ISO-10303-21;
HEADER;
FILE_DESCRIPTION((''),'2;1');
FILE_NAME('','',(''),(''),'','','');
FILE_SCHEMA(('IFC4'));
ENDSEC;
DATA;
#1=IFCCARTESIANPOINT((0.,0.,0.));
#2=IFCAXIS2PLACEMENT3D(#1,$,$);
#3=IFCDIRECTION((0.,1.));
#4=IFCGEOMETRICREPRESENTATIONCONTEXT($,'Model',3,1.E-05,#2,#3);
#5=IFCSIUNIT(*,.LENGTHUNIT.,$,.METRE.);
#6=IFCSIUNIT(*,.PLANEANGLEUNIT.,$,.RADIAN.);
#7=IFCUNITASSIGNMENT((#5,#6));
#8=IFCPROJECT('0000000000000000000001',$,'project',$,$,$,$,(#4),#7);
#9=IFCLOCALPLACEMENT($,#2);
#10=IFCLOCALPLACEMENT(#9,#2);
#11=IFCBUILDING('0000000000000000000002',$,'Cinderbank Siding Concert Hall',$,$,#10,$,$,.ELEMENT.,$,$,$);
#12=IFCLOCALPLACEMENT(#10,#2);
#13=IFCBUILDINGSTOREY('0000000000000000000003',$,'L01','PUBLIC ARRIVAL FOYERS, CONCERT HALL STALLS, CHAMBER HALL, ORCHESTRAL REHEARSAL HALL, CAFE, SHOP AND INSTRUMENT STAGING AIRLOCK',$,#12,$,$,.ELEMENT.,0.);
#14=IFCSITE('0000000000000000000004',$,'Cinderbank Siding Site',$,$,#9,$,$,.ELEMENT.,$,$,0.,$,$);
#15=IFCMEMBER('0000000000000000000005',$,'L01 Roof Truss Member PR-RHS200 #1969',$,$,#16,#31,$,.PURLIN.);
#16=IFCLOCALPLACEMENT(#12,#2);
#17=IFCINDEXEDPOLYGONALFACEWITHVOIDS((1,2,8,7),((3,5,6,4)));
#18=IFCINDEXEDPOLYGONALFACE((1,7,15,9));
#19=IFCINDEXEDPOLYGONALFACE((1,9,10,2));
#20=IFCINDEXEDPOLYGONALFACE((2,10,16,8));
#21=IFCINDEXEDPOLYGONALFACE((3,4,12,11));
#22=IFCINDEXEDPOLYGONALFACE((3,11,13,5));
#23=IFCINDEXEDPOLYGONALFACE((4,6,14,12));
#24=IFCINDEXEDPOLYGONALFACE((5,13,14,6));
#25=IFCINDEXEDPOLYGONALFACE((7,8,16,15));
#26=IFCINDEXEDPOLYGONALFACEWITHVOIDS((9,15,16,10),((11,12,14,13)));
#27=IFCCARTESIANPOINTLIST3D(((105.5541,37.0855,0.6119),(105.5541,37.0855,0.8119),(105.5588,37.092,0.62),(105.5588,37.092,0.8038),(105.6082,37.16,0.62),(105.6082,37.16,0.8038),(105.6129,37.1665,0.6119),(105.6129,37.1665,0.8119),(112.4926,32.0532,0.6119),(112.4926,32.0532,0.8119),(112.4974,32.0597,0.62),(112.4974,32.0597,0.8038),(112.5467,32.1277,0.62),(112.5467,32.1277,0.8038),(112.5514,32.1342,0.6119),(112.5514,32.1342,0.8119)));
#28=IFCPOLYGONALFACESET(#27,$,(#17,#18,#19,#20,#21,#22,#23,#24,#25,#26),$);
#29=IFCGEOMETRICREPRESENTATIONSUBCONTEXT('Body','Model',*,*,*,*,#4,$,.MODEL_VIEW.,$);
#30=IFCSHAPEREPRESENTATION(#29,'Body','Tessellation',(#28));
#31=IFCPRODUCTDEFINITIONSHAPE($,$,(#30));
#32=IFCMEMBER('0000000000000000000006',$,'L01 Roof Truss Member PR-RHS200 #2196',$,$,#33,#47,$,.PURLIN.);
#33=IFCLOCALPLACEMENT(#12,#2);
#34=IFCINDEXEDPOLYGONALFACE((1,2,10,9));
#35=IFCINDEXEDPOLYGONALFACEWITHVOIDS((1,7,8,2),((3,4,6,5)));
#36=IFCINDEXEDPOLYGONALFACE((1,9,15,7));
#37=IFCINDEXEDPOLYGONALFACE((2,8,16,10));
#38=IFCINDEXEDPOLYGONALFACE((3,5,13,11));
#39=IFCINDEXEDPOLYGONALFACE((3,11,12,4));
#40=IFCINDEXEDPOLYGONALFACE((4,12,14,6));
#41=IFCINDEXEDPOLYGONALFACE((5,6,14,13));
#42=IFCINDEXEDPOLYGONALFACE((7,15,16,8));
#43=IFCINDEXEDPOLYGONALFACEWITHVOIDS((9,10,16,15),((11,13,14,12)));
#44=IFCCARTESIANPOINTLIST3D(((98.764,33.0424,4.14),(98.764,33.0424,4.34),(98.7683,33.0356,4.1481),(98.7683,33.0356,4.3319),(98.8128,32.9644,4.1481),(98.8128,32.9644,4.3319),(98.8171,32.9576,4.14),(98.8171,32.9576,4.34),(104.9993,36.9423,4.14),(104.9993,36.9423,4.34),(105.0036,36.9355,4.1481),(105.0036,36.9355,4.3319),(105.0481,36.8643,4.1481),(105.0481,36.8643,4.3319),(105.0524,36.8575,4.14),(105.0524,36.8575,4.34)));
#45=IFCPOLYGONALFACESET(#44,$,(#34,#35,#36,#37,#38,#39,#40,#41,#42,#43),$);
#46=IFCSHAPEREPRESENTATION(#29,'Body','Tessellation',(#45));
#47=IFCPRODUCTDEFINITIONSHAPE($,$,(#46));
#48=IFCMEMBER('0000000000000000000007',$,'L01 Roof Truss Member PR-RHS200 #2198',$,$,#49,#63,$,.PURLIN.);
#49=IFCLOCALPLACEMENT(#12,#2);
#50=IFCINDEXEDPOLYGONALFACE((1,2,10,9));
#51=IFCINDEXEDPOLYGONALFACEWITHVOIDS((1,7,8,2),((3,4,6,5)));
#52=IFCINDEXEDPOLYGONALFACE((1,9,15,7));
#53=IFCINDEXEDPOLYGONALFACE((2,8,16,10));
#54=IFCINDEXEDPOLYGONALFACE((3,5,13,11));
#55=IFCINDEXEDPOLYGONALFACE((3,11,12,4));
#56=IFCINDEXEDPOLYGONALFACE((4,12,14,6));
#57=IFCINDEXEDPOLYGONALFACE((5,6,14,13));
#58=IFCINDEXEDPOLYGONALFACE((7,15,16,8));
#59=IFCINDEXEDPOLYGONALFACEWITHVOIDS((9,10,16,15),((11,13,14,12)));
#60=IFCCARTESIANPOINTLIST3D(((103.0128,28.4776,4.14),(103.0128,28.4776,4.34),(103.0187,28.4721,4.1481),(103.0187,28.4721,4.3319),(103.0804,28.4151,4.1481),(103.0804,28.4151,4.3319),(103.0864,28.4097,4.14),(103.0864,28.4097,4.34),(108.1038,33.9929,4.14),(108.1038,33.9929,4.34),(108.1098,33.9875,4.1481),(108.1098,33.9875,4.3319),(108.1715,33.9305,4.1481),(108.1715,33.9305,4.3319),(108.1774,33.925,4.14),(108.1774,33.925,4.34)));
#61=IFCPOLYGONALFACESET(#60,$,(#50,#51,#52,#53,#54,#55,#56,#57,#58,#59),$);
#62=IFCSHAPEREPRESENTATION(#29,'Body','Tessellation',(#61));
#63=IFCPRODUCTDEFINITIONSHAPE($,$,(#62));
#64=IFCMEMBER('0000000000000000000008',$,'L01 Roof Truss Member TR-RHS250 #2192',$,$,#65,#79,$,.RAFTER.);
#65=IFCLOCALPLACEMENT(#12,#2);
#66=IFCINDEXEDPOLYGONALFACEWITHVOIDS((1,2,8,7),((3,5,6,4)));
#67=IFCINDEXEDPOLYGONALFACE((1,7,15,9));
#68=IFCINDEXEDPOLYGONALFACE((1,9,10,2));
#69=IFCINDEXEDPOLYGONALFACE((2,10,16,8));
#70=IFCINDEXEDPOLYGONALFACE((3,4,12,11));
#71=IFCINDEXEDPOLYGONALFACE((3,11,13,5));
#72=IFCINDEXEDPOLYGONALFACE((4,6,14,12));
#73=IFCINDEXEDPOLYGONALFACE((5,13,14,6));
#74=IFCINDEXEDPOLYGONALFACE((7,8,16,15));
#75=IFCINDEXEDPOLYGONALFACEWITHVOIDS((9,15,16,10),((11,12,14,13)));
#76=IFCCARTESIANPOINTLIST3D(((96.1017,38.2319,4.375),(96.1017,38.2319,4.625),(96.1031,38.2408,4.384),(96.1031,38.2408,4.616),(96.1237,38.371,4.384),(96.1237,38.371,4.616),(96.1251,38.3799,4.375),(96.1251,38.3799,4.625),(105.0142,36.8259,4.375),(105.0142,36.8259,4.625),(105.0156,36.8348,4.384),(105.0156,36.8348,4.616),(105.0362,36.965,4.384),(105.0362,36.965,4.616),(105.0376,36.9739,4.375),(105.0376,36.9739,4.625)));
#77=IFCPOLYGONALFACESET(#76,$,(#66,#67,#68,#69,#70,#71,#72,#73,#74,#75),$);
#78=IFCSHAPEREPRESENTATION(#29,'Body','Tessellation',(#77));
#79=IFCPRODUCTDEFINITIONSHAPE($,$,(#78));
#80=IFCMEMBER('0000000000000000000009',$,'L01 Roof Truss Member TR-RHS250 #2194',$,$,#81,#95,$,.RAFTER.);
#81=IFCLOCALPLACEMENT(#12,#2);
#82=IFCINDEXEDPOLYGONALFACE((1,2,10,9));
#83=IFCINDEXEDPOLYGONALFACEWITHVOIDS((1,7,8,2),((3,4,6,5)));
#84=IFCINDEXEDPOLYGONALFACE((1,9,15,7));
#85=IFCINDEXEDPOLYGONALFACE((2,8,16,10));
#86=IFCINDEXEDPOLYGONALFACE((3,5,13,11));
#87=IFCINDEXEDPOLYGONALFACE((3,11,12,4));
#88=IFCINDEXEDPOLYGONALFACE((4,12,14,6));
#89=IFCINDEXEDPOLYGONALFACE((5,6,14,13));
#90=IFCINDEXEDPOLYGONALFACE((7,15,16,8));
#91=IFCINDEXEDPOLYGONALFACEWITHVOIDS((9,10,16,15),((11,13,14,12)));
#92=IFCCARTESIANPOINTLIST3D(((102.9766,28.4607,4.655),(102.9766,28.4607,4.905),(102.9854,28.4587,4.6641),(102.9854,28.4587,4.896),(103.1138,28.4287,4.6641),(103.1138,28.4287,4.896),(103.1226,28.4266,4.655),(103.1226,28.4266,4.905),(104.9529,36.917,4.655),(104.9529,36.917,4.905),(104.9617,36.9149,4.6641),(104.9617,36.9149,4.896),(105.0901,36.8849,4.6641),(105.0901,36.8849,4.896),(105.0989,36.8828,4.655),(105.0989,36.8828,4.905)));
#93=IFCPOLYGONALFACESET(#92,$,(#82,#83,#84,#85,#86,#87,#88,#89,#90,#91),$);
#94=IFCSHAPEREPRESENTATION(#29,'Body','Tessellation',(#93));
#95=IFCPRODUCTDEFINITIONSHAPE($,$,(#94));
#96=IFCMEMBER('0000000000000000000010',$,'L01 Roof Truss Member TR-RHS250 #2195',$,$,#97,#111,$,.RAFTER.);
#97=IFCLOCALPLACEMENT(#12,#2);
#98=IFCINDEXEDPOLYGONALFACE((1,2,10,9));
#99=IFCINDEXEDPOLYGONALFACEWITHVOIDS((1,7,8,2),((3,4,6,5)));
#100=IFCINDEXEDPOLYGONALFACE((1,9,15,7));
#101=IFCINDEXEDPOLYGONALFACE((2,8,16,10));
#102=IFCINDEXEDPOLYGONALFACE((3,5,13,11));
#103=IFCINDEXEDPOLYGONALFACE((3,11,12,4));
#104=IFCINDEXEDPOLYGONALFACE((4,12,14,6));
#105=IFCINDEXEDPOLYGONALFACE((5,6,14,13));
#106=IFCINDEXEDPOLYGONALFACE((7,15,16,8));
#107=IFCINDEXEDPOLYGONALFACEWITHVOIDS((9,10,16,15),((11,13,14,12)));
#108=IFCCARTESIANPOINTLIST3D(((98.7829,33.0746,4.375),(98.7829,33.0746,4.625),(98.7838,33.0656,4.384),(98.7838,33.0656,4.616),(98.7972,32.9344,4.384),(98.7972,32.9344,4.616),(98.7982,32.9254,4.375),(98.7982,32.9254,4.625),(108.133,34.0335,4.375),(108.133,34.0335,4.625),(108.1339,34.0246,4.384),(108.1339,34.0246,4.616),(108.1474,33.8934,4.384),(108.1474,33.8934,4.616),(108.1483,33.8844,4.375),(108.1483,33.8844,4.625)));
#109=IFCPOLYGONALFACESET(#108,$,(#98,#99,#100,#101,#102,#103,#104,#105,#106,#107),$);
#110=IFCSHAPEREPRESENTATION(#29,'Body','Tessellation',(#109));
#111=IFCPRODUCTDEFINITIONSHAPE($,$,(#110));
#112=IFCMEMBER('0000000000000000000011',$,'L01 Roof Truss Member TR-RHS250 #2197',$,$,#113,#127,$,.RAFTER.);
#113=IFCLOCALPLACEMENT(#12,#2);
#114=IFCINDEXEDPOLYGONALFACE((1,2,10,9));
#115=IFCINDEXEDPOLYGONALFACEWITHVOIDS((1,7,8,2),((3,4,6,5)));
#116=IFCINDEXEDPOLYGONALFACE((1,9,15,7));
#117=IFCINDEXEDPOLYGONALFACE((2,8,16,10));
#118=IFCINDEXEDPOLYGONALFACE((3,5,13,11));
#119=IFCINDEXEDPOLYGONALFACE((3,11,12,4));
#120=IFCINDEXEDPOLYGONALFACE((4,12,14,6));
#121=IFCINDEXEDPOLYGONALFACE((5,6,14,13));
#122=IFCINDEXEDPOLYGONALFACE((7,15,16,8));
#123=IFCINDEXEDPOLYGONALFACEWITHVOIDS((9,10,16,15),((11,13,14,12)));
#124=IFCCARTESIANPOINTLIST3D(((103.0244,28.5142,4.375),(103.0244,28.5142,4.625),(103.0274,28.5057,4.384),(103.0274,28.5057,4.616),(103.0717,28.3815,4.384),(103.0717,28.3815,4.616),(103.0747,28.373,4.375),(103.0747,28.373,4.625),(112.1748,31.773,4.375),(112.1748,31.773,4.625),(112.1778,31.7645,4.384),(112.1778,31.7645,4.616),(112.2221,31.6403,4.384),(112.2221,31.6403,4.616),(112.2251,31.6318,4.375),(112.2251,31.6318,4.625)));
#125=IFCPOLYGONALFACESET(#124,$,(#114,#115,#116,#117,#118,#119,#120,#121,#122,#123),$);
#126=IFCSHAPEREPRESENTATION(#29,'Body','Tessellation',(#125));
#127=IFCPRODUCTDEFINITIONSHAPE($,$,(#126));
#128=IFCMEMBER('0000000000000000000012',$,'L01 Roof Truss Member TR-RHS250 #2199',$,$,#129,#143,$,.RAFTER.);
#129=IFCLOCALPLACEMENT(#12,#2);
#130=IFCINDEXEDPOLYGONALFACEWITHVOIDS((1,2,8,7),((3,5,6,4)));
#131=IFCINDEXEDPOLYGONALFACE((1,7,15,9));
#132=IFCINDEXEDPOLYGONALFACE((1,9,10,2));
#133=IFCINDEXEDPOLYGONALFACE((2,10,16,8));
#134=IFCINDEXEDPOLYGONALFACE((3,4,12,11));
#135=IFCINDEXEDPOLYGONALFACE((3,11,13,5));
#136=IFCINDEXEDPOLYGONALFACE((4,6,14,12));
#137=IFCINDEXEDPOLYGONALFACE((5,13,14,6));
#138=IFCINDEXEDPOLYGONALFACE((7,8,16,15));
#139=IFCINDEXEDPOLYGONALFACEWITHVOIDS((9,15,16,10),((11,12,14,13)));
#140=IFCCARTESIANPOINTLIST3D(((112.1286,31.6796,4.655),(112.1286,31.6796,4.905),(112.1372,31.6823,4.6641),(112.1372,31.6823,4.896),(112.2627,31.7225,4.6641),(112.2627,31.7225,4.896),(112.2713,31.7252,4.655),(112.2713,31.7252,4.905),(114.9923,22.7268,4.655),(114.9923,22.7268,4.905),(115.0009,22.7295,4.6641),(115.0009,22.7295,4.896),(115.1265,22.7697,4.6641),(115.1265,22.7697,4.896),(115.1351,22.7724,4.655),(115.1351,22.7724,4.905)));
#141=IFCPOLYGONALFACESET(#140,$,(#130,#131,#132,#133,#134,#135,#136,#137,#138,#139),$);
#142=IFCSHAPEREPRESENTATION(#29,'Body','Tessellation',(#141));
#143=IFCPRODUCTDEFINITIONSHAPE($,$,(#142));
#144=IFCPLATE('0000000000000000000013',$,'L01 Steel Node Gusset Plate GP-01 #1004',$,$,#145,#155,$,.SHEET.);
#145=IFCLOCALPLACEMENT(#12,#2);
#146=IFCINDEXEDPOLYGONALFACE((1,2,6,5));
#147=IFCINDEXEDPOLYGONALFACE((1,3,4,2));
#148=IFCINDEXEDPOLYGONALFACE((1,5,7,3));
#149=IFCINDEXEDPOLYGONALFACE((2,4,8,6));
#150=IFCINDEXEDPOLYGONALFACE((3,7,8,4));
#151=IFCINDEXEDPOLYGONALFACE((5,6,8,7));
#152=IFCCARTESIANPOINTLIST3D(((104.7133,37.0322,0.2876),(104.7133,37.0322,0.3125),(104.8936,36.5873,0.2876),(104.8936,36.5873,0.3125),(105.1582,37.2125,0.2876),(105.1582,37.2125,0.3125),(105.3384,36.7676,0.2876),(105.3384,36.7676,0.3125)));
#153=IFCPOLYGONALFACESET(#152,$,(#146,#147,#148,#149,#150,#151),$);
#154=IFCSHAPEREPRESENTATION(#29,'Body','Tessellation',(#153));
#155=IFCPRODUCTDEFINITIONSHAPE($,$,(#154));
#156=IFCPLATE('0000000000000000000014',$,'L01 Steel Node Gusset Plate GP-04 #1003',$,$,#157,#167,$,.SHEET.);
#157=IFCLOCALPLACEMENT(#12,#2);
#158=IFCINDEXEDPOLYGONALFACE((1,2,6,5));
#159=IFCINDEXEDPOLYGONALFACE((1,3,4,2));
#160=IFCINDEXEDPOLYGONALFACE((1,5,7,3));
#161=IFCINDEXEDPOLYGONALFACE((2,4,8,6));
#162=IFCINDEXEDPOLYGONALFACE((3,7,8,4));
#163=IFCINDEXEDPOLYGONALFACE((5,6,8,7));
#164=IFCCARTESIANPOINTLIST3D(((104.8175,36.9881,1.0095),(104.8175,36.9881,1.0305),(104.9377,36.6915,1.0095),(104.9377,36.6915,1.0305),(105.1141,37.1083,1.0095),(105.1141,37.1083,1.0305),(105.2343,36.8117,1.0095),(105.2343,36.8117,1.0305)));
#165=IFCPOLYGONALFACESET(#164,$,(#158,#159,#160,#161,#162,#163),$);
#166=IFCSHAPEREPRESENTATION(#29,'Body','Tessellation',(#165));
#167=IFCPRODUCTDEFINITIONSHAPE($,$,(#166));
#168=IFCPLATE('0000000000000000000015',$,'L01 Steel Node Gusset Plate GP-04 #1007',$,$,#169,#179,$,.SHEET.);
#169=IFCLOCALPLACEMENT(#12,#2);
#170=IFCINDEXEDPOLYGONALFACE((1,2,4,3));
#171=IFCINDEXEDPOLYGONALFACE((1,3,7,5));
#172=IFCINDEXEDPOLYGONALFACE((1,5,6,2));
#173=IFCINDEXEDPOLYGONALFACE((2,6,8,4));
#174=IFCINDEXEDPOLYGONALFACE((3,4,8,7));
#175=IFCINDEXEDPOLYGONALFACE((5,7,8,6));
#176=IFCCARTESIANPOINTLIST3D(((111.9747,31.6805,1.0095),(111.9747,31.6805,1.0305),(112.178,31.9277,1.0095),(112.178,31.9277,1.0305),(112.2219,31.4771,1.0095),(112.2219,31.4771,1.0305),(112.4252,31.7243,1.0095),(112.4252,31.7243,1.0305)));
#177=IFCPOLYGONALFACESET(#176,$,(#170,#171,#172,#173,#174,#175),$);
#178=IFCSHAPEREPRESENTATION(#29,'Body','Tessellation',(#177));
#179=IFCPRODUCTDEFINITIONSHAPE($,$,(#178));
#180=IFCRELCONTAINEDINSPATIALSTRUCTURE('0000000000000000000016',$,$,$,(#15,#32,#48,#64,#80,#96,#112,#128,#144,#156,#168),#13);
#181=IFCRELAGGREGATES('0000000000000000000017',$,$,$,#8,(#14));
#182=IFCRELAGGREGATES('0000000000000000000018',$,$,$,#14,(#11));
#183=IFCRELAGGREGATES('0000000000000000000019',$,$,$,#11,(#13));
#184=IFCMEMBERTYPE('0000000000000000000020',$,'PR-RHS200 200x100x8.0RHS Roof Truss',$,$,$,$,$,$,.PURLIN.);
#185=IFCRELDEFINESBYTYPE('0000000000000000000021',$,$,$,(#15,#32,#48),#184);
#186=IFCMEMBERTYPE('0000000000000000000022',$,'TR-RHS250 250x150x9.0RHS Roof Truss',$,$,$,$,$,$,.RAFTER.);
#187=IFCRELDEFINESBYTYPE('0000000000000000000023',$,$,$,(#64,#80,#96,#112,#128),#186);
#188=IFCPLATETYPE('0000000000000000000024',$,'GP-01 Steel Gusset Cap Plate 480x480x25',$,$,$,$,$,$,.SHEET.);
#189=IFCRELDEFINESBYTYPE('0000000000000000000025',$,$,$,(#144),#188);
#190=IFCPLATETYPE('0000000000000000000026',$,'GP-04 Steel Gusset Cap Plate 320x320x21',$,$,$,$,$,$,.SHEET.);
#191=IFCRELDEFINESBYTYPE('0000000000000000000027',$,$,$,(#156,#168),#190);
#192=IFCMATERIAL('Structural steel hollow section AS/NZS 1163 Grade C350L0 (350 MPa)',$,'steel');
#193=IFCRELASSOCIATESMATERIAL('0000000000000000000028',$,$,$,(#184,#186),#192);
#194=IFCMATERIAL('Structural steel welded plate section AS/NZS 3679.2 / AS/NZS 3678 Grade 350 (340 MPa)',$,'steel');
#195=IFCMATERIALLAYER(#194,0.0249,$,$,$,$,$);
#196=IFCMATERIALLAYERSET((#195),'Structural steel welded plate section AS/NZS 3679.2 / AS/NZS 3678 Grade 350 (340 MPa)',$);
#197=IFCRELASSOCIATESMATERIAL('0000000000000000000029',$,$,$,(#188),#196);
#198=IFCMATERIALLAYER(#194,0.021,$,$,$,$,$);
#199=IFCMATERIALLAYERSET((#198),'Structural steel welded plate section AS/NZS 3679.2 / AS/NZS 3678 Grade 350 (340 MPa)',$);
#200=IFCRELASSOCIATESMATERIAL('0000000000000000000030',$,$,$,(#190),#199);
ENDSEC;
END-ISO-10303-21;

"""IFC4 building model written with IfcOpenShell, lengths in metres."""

from ifc_helpers import new_model, si_unit, direction, frame, origin, origin_2d, place, context, subcontext, project, spatial, rectangle, hollow_rectangle, extrude, material, layer, layer_set, material_profile, profile_set, type_object, element, save


model = new_model("IFC4")

# Units and contexts
model_context = context("Model", 3, precision=1e-05, world=origin(), true_north=direction((0.0, 1.0)))
body_context = subcontext(model_context, "Body", "Model", "MODEL_VIEW")
ifc_project = project(units=[si_unit("LENGTHUNIT", "METRE"), si_unit("PLANEANGLEUNIT", "RADIAN")], contexts=[model_context])

# Site, building, storey
site_placement = place(None, origin())
site = spatial("IfcSite", under=ifc_project, at=site_placement, Name="Cinderbank Siding Site", CompositionType="ELEMENT", RefElevation=0.0)
building_placement = place(site_placement, origin())
building = spatial("IfcBuilding", under=site, at=building_placement, Name="Cinderbank Siding Concert Hall", CompositionType="ELEMENT")
storey_placement = place(building_placement, origin())
storey = spatial("IfcBuildingStorey", under=building, at=storey_placement, Name="L01", Description="PUBLIC ARRIVAL FOYERS, CONCERT HALL STALLS, CHAMBER HALL, ORCHESTRAL REHEARSAL HALL, CAFE, SHOP AND INSTRUMENT STAGING AIRLOCK", CompositionType="ELEMENT", Elevation=0.0)

# Shared definitions
ifc_material_1 = material(Name="Structural steel welded plate section AS/NZS 3679.2 / AS/NZS 3678 Grade 350 (340 MPa)", Category="steel")

# Members
ifc_material_2 = material(Name="Structural steel hollow section AS/NZS 1163 Grade C350L0 (350 MPa)", Category="steel")
ifc_material_profile_1 = material_profile(ifc_material_2, hollow_rectangle(XDim=0.1001, YDim=0.2, WallThickness=0.0081, at=origin_2d()), Name="200x100x8.0RHS", Category="LoadBearing")
ifc_profile_set_1 = profile_set([ifc_material_profile_1], Name="Structural steel hollow section AS/NZS 1163 Grade C350L0 (350 MPa)")
member_type_1 = type_object("IfcMemberType", Name="PR-RHS200 200x100x8.0RHS Roof Truss", PredefinedType="PURLIN", material=ifc_profile_set_1)
member_1_placement = place(storey_placement, frame((105.5835, 37.126, 0.7119), z_axis=(0.809509, -0.587108, 0.0), x_axis=(0.587108, 0.809509, 0.0)))
element("IfcMember", 1, at=member_1_placement, inside=storey, type_object=member_type_1, Name="L01 Roof Truss Member PR-RHS200 #1969", PredefinedType="PURLIN", context=body_context, shape_type="SweptSolid", body=[
    extrude(hollow_rectangle(XDim=0.1001, YDim=0.2, WallThickness=0.0081, at=origin_2d()), origin(), (0.0, 0.0, 1.0), 8.5713),
])
member_2_placement = place(storey_placement, frame((105.0259, 36.8999, 4.24), z_axis=(-0.847827, -0.530273, 0.0), x_axis=(0.530273, -0.847827, 0.0)))
element("IfcMember", 2, at=member_2_placement, inside=storey, type_object=member_type_1, Name="L01 Roof Truss Member PR-RHS200 #2196", PredefinedType="PURLIN", context=body_context, shape_type="SweptSolid", body=[
    extrude(hollow_rectangle(XDim=0.1001, YDim=0.2, WallThickness=0.0081, at=origin_2d()), origin(), (0.0, 0.0, 1.0), 7.3545),
])
member_3_placement = place(storey_placement, frame((108.1406, 33.959, 4.24), z_axis=(-0.678276, -0.734807, 0.0), x_axis=(0.734807, -0.678276, 0.0)))
element("IfcMember", 3, at=member_3_placement, inside=storey, type_object=member_type_1, Name="L01 Roof Truss Member PR-RHS200 #2198", PredefinedType="PURLIN", context=body_context, shape_type="SweptSolid", body=[
    extrude(hollow_rectangle(XDim=0.1001, YDim=0.2, WallThickness=0.0081, at=origin_2d()), origin(), (0.0, 0.0, 1.0), 7.5059),
])
ifc_material_profile_2 = material_profile(ifc_material_2, hollow_rectangle(XDim=0.1499, YDim=0.25, WallThickness=0.009, at=origin_2d()), Name="250x150x9.0RHS", Category="LoadBearing")
ifc_profile_set_2 = profile_set([ifc_material_profile_2], Name="Structural steel hollow section AS/NZS 1163 Grade C350L0 (350 MPa)")
member_type_2 = type_object("IfcMemberType", Name="TR-RHS250 250x150x9.0RHS Roof Truss", PredefinedType="RAFTER", material=ifc_profile_set_2)
member_4_placement = place(storey_placement, frame((105.0259, 36.8999, 4.5), z_axis=(-0.987784, 0.155828, 0.0), x_axis=(-0.155828, -0.987784, 0.0)))
element("IfcMember", 4, at=member_4_placement, inside=storey, type_object=member_type_2, Name="L01 Roof Truss Member TR-RHS250 #2192", PredefinedType="RAFTER", context=body_context, shape_type="SweptSolid", body=[
    extrude(hollow_rectangle(XDim=0.1499, YDim=0.25, WallThickness=0.009, at=origin_2d()), origin(), (0.0, 0.0, 1.0), 9.0227),
])
member_5_placement = place(storey_placement, frame((105.0259, 36.8999, 4.78), z_axis=(-0.227577, -0.97376, 0.0), x_axis=(0.97376, -0.227577, 0.0)))
element("IfcMember", 5, at=member_5_placement, inside=storey, type_object=member_type_2, Name="L01 Roof Truss Member TR-RHS250 #2194", PredefinedType="RAFTER", context=body_context, shape_type="SweptSolid", body=[
    extrude(hollow_rectangle(XDim=0.1499, YDim=0.25, WallThickness=0.009, at=origin_2d()), origin(), (0.0, 0.0, 1.0), 8.6841),
])
member_6_placement = place(storey_placement, frame((108.1406, 33.959, 4.5), z_axis=(-0.994781, -0.102029, 0.0), x_axis=(0.102029, -0.994781, 0.0)))
element("IfcMember", 6, at=member_6_placement, inside=storey, type_object=member_type_2, Name="L01 Roof Truss Member TR-RHS250 #2195", PredefinedType="RAFTER", context=body_context, shape_type="SweptSolid", body=[
    extrude(hollow_rectangle(XDim=0.1499, YDim=0.25, WallThickness=0.009, at=origin_2d()), origin(), (0.0, 0.0, 1.0), 9.3992),
])
member_7_placement = place(storey_placement, frame((112.2, 31.7024, 4.5), z_axis=(-0.942042, -0.335496, 0.0), x_axis=(0.335496, -0.942042, 0.0)))
element("IfcMember", 7, at=member_7_placement, inside=storey, type_object=member_type_2, Name="L01 Roof Truss Member TR-RHS250 #2197", PredefinedType="RAFTER", context=body_context, shape_type="SweptSolid", body=[
    extrude(hollow_rectangle(XDim=0.1499, YDim=0.25, WallThickness=0.009, at=origin_2d()), origin(), (0.0, 0.0, 1.0), 9.7134),
])
member_8_placement = place(storey_placement, frame((112.2, 31.7024, 4.78), z_axis=(0.304665, -0.95246, 0.0), x_axis=(0.95246, 0.304665, 0.0)))
element("IfcMember", 8, at=member_8_placement, inside=storey, type_object=member_type_2, Name="L01 Roof Truss Member TR-RHS250 #2199", PredefinedType="RAFTER", context=body_context, shape_type="SweptSolid", body=[
    extrude(hollow_rectangle(XDim=0.1499, YDim=0.25, WallThickness=0.009, at=origin_2d()), origin(), (0.0, 0.0, 1.0), 9.3997),
])

# Plates
ifc_layer_1 = layer(ifc_material_1, 0.0249)
ifc_layer_set_1 = layer_set([ifc_layer_1], Name="Structural steel welded plate section AS/NZS 3679.2 / AS/NZS 3678 Grade 350 (340 MPa)")
plate_type_1 = type_object("IfcPlateType", Name="GP-01 Steel Gusset Cap Plate 480x480x25", PredefinedType="SHEET", material=ifc_layer_set_1)
plate_placement = place(storey_placement, frame((105.0259, 36.8999, 0.2876), z_axis=(0.0, 0.0, 1.0), x_axis=(0.926791, 0.375577, 0.0)))
element("IfcPlate", 9, at=plate_placement, inside=storey, type_object=plate_type_1, Name="L01 Steel Node Gusset Plate GP-01 #1004", PredefinedType="SHEET", context=body_context, shape_type="SweptSolid", body=[
    extrude(rectangle(XDim=0.48, YDim=0.48, at=origin_2d()), origin(), (0.0, 0.0, 1.0), 0.0249),
])
ifc_layer_2 = layer(ifc_material_1, 0.021)
ifc_layer_set_2 = layer_set([ifc_layer_2], Name="Structural steel welded plate section AS/NZS 3679.2 / AS/NZS 3678 Grade 350 (340 MPa)")
plate_type_2 = type_object("IfcPlateType", Name="GP-04 Steel Gusset Cap Plate 320x320x21", PredefinedType="SHEET", material=ifc_layer_set_2)
for number, where, z_axis, x_axis, name in (
    (10, (105.0259, 36.8999, 1.0095), (0.0, 0.0, 1.0), (-0.926791, -0.375577, 0.0), "L01 Steel Node Gusset Plate GP-04 #1003"),
    (11, (112.2, 31.7024, 1.0095), (0.0, 0.0, 1.0), (-0.63527, -0.77229, 0.0), "L01 Steel Node Gusset Plate GP-04 #1007"),
):
    element("IfcPlate", number, at=place(storey_placement, frame(where, z_axis=z_axis, x_axis=x_axis)), inside=storey, type_object=plate_type_2, Name=name, PredefinedType="SHEET", context=body_context, shape_type="SweptSolid", body=[
        extrude(rectangle(XDim=0.3201, YDim=0.3201, at=origin_2d()), origin(), (0.0, 0.0, 1.0), 0.021),
    ])

save(model, "model.ifc")
